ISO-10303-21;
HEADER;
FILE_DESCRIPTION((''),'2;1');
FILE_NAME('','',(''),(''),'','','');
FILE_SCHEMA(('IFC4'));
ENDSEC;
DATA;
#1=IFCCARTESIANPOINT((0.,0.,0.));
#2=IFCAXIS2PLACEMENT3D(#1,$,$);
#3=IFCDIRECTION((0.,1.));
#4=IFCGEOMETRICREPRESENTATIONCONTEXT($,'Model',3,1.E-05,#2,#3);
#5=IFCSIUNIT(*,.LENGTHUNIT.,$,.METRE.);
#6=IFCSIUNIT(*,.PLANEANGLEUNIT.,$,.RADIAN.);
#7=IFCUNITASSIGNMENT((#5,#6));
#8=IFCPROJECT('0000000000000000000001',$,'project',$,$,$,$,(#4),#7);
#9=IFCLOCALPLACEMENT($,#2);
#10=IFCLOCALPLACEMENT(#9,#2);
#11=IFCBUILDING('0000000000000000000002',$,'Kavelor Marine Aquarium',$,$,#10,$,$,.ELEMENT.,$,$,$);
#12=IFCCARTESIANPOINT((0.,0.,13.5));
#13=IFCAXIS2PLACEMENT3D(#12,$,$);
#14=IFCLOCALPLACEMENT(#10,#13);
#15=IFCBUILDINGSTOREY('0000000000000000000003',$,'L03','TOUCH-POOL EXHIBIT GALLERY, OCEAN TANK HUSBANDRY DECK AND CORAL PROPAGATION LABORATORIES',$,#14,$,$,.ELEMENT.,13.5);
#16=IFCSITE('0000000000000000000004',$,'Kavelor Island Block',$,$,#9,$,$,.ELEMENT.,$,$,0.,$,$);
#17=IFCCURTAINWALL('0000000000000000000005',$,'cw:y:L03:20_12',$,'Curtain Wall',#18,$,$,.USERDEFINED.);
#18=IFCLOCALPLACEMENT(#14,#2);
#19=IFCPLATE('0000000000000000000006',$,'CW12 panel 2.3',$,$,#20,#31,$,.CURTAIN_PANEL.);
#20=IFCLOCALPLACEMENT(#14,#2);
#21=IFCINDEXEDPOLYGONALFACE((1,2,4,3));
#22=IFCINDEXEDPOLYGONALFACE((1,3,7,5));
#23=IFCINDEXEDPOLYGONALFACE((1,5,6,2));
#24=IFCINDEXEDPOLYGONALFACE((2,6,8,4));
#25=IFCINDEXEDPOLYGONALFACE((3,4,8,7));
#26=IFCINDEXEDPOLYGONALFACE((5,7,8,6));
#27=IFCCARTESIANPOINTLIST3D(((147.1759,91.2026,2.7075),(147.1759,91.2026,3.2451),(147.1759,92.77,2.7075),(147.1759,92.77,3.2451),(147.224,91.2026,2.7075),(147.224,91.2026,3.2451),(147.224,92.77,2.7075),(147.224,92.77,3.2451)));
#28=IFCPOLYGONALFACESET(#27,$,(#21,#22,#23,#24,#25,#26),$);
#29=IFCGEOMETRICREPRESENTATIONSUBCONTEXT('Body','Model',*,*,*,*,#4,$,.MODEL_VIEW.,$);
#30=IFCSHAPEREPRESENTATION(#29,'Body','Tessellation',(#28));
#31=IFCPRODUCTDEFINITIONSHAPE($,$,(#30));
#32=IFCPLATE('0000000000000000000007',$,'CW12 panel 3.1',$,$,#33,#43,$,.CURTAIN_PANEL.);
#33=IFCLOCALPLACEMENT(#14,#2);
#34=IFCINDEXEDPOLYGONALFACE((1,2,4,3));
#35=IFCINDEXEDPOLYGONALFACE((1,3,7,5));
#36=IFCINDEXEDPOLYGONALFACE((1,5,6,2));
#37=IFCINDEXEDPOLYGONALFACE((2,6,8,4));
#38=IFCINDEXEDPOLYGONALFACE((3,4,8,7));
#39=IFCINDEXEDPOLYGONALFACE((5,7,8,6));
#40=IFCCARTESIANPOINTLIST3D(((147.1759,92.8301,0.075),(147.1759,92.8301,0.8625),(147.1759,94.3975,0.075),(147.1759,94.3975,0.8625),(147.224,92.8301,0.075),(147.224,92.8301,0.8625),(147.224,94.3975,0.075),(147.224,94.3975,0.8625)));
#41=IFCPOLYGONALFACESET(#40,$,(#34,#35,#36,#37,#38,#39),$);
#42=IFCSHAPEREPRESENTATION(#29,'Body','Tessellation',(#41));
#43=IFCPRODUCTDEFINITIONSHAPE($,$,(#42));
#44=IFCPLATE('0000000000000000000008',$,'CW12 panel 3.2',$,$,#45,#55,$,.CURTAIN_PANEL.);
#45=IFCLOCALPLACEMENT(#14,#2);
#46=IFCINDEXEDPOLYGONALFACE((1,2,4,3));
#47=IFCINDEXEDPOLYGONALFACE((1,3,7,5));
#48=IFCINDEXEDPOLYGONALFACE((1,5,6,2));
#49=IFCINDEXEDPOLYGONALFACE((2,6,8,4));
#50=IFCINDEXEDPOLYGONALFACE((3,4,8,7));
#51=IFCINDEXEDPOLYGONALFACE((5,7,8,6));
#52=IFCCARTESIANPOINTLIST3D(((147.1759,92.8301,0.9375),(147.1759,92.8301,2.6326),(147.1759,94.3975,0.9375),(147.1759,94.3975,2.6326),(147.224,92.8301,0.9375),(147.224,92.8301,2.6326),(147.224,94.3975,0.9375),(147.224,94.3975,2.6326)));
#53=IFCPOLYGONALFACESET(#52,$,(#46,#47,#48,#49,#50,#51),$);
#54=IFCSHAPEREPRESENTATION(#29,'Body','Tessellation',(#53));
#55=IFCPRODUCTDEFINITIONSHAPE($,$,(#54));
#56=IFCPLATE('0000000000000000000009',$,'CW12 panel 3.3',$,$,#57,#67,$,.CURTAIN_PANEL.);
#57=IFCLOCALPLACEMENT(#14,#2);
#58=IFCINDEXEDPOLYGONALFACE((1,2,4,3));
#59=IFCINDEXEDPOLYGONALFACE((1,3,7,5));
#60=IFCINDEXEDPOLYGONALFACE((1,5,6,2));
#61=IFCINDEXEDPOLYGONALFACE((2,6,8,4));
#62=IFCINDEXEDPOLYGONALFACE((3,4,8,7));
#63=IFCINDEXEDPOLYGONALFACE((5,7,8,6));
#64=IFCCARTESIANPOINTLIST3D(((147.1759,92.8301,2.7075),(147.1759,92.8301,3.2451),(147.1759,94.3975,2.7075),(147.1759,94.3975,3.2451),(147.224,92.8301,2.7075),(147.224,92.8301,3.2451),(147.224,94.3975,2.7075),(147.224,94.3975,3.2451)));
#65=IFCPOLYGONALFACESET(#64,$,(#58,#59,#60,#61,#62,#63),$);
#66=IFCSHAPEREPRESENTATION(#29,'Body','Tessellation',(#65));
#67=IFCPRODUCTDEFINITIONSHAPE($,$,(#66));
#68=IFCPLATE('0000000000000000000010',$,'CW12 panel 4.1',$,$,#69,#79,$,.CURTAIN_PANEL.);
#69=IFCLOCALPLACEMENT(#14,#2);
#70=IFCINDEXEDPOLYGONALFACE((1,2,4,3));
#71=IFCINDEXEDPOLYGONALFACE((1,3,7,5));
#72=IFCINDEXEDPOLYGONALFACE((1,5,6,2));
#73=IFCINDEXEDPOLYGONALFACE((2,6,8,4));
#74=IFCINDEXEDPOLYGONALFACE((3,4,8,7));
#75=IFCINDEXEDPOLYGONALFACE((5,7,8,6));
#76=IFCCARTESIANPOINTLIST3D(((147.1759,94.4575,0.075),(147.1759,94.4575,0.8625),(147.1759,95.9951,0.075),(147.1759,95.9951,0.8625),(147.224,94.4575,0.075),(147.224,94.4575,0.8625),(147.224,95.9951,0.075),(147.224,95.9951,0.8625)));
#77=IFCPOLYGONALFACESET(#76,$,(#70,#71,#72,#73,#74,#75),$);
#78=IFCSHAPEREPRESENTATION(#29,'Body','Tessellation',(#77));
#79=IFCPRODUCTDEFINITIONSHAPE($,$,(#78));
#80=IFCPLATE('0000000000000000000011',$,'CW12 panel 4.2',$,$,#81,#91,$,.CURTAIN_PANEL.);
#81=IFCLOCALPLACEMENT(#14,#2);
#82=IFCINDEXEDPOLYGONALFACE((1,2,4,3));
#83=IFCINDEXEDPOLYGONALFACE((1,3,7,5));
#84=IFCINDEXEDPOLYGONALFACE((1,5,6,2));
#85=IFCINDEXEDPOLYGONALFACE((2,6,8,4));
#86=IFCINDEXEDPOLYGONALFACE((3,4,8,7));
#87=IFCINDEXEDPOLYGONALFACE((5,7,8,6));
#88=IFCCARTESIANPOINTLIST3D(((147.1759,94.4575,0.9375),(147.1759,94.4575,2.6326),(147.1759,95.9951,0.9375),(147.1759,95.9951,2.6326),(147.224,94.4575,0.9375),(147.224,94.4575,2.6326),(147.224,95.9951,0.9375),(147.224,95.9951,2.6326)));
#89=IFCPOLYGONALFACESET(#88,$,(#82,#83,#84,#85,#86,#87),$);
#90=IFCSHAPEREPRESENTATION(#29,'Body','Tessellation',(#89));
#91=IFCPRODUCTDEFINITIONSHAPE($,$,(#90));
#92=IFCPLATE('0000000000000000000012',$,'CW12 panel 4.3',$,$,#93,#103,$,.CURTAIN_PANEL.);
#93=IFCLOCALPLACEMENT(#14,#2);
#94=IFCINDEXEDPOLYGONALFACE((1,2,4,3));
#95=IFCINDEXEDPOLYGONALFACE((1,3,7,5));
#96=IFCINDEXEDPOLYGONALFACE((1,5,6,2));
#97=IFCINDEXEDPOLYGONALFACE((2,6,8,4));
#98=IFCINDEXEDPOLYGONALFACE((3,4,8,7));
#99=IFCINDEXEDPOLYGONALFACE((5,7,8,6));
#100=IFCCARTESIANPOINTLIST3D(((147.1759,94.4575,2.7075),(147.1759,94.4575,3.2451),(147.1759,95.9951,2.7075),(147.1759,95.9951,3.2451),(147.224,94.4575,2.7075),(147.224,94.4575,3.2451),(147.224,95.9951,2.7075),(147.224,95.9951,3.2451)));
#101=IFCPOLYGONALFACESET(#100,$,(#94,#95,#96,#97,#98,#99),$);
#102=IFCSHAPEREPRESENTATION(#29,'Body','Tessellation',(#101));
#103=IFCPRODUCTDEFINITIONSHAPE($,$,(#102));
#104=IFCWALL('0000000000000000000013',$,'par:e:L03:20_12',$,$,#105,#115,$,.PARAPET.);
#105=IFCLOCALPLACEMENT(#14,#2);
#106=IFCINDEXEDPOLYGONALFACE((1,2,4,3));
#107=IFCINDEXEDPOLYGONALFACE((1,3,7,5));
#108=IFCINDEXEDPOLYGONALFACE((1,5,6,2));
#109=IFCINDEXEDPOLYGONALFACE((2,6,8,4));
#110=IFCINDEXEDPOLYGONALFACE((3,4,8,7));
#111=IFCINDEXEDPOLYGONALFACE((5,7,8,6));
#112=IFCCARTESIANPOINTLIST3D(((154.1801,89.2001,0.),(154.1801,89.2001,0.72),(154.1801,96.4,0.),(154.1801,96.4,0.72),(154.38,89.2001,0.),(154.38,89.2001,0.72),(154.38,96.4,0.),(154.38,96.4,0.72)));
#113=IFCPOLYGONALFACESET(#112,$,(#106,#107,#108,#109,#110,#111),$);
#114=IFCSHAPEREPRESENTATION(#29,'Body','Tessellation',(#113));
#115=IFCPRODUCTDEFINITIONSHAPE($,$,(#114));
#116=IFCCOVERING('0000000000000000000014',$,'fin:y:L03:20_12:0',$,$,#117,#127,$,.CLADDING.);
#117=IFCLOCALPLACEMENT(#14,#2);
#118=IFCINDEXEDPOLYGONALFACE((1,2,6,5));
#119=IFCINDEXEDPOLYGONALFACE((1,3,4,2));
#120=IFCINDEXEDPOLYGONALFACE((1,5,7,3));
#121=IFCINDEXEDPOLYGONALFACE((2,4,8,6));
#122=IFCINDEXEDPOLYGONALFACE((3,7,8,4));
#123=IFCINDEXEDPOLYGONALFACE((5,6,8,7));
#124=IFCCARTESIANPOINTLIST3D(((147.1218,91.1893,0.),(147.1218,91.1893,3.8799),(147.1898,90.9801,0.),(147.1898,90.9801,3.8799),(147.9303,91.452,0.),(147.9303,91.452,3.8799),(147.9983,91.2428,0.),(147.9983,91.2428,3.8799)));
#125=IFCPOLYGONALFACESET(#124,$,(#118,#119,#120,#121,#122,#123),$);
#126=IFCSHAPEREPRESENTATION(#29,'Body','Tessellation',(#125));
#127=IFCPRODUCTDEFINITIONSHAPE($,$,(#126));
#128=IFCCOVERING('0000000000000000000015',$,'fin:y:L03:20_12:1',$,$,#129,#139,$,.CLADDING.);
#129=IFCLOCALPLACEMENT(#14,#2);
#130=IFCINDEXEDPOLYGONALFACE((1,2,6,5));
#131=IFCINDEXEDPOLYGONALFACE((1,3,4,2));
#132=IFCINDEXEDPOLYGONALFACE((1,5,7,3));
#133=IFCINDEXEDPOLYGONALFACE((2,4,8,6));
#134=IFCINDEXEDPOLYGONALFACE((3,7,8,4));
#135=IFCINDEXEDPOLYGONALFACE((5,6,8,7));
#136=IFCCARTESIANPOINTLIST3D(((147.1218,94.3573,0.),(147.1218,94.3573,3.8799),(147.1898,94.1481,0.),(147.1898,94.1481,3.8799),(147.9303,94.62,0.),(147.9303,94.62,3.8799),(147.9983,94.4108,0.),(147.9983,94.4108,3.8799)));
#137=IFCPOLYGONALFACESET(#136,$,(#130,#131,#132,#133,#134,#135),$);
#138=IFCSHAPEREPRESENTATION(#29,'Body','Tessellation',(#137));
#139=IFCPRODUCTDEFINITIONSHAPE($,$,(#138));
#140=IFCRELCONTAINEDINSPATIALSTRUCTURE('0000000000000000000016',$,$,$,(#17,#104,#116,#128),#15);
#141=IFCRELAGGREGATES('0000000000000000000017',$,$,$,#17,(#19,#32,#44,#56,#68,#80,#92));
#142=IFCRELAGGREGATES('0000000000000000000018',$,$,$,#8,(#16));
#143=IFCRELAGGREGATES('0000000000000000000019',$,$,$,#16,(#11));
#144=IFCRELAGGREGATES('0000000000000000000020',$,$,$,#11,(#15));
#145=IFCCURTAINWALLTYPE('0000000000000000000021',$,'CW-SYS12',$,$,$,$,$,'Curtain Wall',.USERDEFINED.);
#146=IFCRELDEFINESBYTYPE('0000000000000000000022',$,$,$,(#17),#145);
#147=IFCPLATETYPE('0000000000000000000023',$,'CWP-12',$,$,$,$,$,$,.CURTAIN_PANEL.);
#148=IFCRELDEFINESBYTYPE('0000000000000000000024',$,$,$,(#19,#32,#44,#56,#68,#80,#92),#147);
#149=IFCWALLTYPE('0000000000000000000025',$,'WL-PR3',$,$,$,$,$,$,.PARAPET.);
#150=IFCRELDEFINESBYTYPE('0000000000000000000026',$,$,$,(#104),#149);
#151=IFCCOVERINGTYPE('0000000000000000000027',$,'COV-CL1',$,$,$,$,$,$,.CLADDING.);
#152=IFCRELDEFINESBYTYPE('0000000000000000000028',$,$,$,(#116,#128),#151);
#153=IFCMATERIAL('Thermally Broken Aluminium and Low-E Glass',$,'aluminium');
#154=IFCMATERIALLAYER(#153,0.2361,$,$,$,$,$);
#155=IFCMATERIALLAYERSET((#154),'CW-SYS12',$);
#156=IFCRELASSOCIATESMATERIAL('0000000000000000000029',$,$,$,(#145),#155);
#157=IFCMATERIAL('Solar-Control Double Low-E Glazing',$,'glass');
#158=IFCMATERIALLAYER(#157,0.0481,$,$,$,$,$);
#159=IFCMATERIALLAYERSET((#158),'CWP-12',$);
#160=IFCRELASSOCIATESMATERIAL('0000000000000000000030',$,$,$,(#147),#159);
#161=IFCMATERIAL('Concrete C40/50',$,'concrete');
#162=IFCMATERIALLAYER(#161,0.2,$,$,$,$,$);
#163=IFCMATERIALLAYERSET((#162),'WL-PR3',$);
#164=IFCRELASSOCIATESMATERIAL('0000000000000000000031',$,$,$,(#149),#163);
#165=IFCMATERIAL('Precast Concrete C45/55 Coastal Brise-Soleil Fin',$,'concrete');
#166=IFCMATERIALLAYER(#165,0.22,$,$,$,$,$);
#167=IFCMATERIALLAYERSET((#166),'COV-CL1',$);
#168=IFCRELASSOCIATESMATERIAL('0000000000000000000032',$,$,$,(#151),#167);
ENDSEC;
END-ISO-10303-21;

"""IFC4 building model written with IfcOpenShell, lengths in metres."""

from ifc_helpers import new_model, si_unit, direction, frame, frame_2d, origin, origin_2d, place, context, subcontext, project, spatial, rectangle, extrude, material, layer, layer_set, type_object, element, aggregate, save


model = new_model("IFC4")

# Units and contexts
model_context = context("Model", 3, precision=1e-05, world=origin(), true_north=direction((0.0, 1.0)))
body_context = subcontext(model_context, "Body", "Model", "MODEL_VIEW")
ifc_project = project(units=[si_unit("LENGTHUNIT", "METRE"), si_unit("PLANEANGLEUNIT", "RADIAN")], contexts=[model_context])

# Site, building, storey
site_placement = place(None, origin())
site = spatial("IfcSite", under=ifc_project, at=site_placement, Name="Kavelor Island Block", CompositionType="ELEMENT", RefElevation=0.0)
building_placement = place(site_placement, origin())
building = spatial("IfcBuilding", under=site, at=building_placement, Name="Kavelor Marine Aquarium", CompositionType="ELEMENT")
storey_placement = place(building_placement, frame((0.0, 0.0, 13.5)))
storey = spatial("IfcBuildingStorey", under=building, at=storey_placement, Name="L03", Description="TOUCH-POOL EXHIBIT GALLERY, OCEAN TANK HUSBANDRY DECK AND CORAL PROPAGATION LABORATORIES", CompositionType="ELEMENT", Elevation=13.5)

# Curtain wall, plates
ifc_material_1 = material(Name="Thermally Broken Aluminium and Low-E Glass", Category="aluminium")
ifc_layer_1 = layer(ifc_material_1, 0.2361)
ifc_layer_set_1 = layer_set([ifc_layer_1], Name="CW-SYS12")
curtain_wall_type_1 = type_object("IfcCurtainWallType", Name="CW-SYS12", ElementType="Curtain Wall", PredefinedType="USERDEFINED", material=ifc_layer_set_1)
curtain_wall_1_placement = place(storey_placement, origin())
curtain_wall_1 = element("IfcCurtainWall", 1, at=curtain_wall_1_placement, inside=storey, type_object=curtain_wall_type_1, Name="cw:y:L03:20_12", ObjectType="Curtain Wall", PredefinedType="USERDEFINED")
ifc_material_2 = material(Name="Solar-Control Double Low-E Glazing", Category="glass")
ifc_layer_2 = layer(ifc_material_2, 0.0481)
ifc_layer_set_2 = layer_set([ifc_layer_2], Name="CWP-12")
plate_type = type_object("IfcPlateType", Name="CWP-12", PredefinedType="CURTAIN_PANEL", material=ifc_layer_set_2)
plate_1_placement = place(storey_placement, frame((147.2, 91.9863, 2.7075), z_axis=(0.0, 0.0, 1.0), x_axis=(0.0, 1.0, 0.0)))
plate_1 = element("IfcPlate", 2, at=plate_1_placement, type_object=plate_type, Name="CW12 panel 2.3", PredefinedType="CURTAIN_PANEL", context=body_context, shape_type="SweptSolid", body=[
    extrude(rectangle(XDim=1.5674, YDim=0.0481, at=origin_2d()), origin(), (0.0, 0.0, 1.0), 0.5376),
])
plate_2_placement = place(storey_placement, frame((147.2, 93.6138, 0.075), z_axis=(0.0, 0.0, 1.0), x_axis=(0.0, 1.0, 0.0)))
plate_2 = element("IfcPlate", 3, at=plate_2_placement, type_object=plate_type, Name="CW12 panel 3.1", PredefinedType="CURTAIN_PANEL", context=body_context, shape_type="SweptSolid", body=[
    extrude(rectangle(XDim=1.5674, YDim=0.0481, at=origin_2d()), origin(), (0.0, 0.0, 1.0), 0.7876),
])
plate_3_placement = place(storey_placement, frame((147.2, 93.6138, 0.9375), z_axis=(0.0, 0.0, 1.0), x_axis=(0.0, 1.0, 0.0)))
plate_3 = element("IfcPlate", 4, at=plate_3_placement, type_object=plate_type, Name="CW12 panel 3.2", PredefinedType="CURTAIN_PANEL", context=body_context, shape_type="SweptSolid", body=[
    extrude(rectangle(XDim=1.5674, YDim=0.0481, at=origin_2d()), origin(), (0.0, 0.0, 1.0), 1.6951),
])
plate_4_placement = place(storey_placement, frame((147.2, 93.6138, 2.7075), z_axis=(0.0, 0.0, 1.0), x_axis=(0.0, 1.0, 0.0)))
plate_4 = element("IfcPlate", 5, at=plate_4_placement, type_object=plate_type, Name="CW12 panel 3.3", PredefinedType="CURTAIN_PANEL", context=body_context, shape_type="SweptSolid", body=[
    extrude(rectangle(XDim=1.5674, YDim=0.0481, at=origin_2d()), origin(), (0.0, 0.0, 1.0), 0.5376),
])
plate_5_placement = place(storey_placement, frame((147.2, 95.2263, 0.075), z_axis=(0.0, 0.0, 1.0), x_axis=(0.0, 1.0, 0.0)))
plate_5 = element("IfcPlate", 6, at=plate_5_placement, type_object=plate_type, Name="CW12 panel 4.1", PredefinedType="CURTAIN_PANEL", context=body_context, shape_type="SweptSolid", body=[
    extrude(rectangle(XDim=1.5376, YDim=0.0481, at=origin_2d()), origin(), (0.0, 0.0, 1.0), 0.7876),
])
plate_6_placement = place(storey_placement, frame((147.2, 95.2263, 0.9375), z_axis=(0.0, 0.0, 1.0), x_axis=(0.0, 1.0, 0.0)))
plate_6 = element("IfcPlate", 7, at=plate_6_placement, type_object=plate_type, Name="CW12 panel 4.2", PredefinedType="CURTAIN_PANEL", context=body_context, shape_type="SweptSolid", body=[
    extrude(rectangle(XDim=1.5376, YDim=0.0481, at=origin_2d()), origin(), (0.0, 0.0, 1.0), 1.6951),
])
plate_7_placement = place(storey_placement, frame((147.2, 95.2263, 2.7075), z_axis=(0.0, 0.0, 1.0), x_axis=(0.0, 1.0, 0.0)))
plate_7 = element("IfcPlate", 8, at=plate_7_placement, type_object=plate_type, Name="CW12 panel 4.3", PredefinedType="CURTAIN_PANEL", context=body_context, shape_type="SweptSolid", body=[
    extrude(rectangle(XDim=1.5376, YDim=0.0481, at=origin_2d()), origin(), (0.0, 0.0, 1.0), 0.5376),
])
aggregate(curtain_wall_1, [plate_1, plate_2, plate_3, plate_4, plate_5, plate_6, plate_7])

# Wall
ifc_material_3 = material(Name="Concrete C40/50", Category="concrete")
ifc_layer_3 = layer(ifc_material_3, 0.2)
ifc_layer_set_3 = layer_set([ifc_layer_3], Name="WL-PR3")
wall_type = type_object("IfcWallType", Name="WL-PR3", PredefinedType="PARAPET", material=ifc_layer_set_3)
wall_placement = place(storey_placement, frame((154.28, 89.2, 0.0), z_axis=(0.0, 0.0, 1.0), x_axis=(0.0, 1.0, 0.0)))
element("IfcWall", 9, at=wall_placement, inside=storey, type_object=wall_type, Name="par:e:L03:20_12", PredefinedType="PARAPET", context=body_context, shape_type="SweptSolid", body=[
    extrude(rectangle(XDim=7.2, YDim=0.2, at=frame_2d((3.6001, 0.0))), origin(), (0.0, 0.0, 1.0), 0.72),
])

# Coverings
ifc_material_4 = material(Name="Precast Concrete C45/55 Coastal Brise-Soleil Fin", Category="concrete")
ifc_layer_4 = layer(ifc_material_4, 0.22)
ifc_layer_set_4 = layer_set([ifc_layer_4], Name="COV-CL1")
covering_type = type_object("IfcCoveringType", Name="COV-CL1", PredefinedType="CLADDING", material=ifc_layer_set_4)
for number, where, z_axis, x_axis, name in (
    (10, (147.5601, 91.2161, 0.0), (0.0, 0.0, 1.0), (0.951057, 0.309017, 0.0), "fin:y:L03:20_12:0"),
    (11, (147.5601, 94.384, 0.0), (0.0, 0.0, 1.0), (0.951057, 0.309017, 0.0), "fin:y:L03:20_12:1"),
):
    element("IfcCovering", number, at=place(storey_placement, frame(where, z_axis=z_axis, x_axis=x_axis)), inside=storey, type_object=covering_type, Name=name, PredefinedType="CLADDING", context=body_context, shape_type="SweptSolid", body=[
        extrude(rectangle(XDim=0.8501, YDim=0.22, at=origin_2d()), origin(), (0.0, 0.0, 1.0), 3.8799),
    ])

save(model, "model.ifc")
